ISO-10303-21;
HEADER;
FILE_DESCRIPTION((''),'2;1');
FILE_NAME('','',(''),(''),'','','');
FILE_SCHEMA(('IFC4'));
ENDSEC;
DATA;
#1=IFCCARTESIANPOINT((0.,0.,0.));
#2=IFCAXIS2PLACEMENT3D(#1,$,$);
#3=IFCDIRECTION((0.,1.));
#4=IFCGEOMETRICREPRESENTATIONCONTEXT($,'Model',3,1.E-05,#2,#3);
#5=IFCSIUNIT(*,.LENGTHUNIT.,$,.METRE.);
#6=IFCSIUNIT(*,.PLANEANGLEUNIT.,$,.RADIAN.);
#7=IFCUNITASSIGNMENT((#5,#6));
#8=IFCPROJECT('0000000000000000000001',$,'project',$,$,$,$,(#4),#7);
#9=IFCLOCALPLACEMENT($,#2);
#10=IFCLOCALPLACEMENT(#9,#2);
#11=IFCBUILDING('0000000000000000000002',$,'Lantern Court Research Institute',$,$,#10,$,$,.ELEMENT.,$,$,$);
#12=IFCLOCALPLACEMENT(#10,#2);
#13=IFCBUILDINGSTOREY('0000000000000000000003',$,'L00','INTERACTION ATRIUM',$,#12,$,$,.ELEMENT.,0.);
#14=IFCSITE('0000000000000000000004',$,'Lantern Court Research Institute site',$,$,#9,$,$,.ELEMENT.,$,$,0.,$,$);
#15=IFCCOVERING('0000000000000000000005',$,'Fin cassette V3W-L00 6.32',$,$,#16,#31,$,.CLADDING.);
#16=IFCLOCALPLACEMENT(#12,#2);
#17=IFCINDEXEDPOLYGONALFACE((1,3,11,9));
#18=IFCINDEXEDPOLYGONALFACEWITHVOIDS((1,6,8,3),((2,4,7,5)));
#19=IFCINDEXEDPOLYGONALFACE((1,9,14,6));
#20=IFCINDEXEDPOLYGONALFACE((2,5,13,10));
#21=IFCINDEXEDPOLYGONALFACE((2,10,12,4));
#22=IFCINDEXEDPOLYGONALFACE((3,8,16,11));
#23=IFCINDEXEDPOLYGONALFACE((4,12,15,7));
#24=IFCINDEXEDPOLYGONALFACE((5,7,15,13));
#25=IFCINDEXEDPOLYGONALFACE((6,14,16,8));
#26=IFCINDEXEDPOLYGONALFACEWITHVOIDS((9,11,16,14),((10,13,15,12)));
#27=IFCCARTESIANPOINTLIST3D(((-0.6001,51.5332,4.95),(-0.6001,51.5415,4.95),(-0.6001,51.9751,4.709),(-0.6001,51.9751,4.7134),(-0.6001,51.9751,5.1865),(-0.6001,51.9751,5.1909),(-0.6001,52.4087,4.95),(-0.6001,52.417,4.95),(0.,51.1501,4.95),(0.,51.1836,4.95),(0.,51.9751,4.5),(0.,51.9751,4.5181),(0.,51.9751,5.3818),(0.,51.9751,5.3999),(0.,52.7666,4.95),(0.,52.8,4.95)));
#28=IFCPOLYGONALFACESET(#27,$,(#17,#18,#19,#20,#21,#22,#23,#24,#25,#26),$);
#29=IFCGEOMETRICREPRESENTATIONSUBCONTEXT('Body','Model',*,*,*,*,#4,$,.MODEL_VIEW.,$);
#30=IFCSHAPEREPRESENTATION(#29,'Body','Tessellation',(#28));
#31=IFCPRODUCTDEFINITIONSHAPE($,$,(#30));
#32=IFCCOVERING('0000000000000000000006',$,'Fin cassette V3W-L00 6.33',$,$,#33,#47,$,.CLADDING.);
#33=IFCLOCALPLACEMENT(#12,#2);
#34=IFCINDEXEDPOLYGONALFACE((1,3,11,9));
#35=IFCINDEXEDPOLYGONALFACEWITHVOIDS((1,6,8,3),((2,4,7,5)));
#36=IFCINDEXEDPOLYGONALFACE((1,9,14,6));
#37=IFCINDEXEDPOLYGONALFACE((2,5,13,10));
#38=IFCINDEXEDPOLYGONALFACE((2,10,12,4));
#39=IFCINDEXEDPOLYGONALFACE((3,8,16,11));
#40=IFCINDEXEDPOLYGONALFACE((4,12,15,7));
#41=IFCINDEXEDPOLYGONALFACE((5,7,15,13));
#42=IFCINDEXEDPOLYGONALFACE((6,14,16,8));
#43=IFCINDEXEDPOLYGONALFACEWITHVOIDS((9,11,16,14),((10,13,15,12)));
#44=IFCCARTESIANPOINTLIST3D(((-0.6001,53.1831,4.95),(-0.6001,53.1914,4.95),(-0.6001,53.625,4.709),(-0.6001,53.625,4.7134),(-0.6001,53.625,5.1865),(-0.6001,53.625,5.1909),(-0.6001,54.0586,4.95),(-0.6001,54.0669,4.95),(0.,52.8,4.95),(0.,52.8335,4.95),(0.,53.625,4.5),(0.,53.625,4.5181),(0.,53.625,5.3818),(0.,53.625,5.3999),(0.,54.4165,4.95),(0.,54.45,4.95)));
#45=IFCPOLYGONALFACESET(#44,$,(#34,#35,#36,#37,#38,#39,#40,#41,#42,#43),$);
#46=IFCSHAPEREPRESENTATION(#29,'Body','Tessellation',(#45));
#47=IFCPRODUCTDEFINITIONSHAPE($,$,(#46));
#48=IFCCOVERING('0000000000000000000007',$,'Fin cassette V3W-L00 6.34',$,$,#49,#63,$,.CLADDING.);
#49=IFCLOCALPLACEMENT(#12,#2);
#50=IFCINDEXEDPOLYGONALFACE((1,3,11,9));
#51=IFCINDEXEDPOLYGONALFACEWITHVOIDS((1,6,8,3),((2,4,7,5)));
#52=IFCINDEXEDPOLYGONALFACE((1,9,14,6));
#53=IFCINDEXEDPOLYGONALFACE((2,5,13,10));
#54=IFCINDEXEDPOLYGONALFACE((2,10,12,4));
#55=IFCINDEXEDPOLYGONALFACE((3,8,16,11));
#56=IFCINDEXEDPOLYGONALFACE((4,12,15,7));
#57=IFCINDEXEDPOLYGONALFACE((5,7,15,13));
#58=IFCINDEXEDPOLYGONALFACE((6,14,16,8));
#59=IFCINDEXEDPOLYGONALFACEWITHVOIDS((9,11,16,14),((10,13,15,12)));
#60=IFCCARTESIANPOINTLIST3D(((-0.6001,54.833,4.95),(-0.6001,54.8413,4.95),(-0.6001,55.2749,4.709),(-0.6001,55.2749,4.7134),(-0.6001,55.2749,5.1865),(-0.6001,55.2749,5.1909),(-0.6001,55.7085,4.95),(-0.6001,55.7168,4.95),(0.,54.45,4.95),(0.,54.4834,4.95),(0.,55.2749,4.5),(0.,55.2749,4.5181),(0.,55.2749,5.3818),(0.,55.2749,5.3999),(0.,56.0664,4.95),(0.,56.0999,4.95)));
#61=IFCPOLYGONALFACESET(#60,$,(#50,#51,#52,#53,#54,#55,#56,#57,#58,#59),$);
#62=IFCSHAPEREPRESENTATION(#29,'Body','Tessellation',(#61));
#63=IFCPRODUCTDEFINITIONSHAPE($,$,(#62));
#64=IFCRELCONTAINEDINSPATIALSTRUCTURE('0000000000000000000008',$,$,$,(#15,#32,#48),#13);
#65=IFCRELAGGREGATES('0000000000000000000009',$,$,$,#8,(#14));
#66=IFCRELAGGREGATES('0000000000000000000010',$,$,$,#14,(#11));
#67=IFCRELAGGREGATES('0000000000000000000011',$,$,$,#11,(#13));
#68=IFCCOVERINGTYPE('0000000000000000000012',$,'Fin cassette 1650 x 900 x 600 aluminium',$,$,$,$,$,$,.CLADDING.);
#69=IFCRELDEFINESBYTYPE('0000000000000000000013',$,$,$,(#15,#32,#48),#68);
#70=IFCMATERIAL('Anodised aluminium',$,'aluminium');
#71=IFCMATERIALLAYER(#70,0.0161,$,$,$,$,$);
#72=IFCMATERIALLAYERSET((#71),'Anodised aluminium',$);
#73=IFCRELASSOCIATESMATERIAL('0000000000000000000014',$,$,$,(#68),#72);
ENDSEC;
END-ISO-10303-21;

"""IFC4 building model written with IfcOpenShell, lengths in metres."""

from ifc_helpers import new_model, entity, si_unit, direction, frame, origin, place, context, subcontext, project, spatial, material, layer, layer_set, type_object, element, save


model = new_model("IFC4")

# Units and contexts
model_context = context("Model", 3, precision=1e-05, world=origin(), true_north=direction((0.0, 1.0)))
body_context = subcontext(model_context, "Body", "Model", "MODEL_VIEW")
ifc_project = project(units=[si_unit("LENGTHUNIT", "METRE"), si_unit("PLANEANGLEUNIT", "RADIAN")], contexts=[model_context])

# Site, building, storey
site_placement = place(None, origin())
site = spatial("IfcSite", under=ifc_project, at=site_placement, Name="Lantern Court Research Institute site", CompositionType="ELEMENT", RefElevation=0.0)
building_placement = place(site_placement, origin())
building = spatial("IfcBuilding", under=site, at=building_placement, Name="Lantern Court Research Institute", CompositionType="ELEMENT")
storey_placement = place(building_placement, origin())
storey = spatial("IfcBuildingStorey", under=building, at=storey_placement, Name="L00", Description="INTERACTION ATRIUM", CompositionType="ELEMENT", Elevation=0.0)

# Coverings
ifc_material_1 = material(Name="Anodised aluminium", Category="aluminium")
ifc_layer_1 = layer(ifc_material_1, 0.0161)
ifc_layer_set_1 = layer_set([ifc_layer_1], Name="Anodised aluminium")
covering_type = type_object("IfcCoveringType", Name="Fin cassette 1650 x 900 x 600 aluminium", PredefinedType="CLADDING", material=ifc_layer_set_1)
covering_1_placement = place(storey_placement, frame((0.0, 51.9751, 4.95), z_axis=(-1.0, 0.0, 0.0), x_axis=(0.0, -1.0, 0.0)))
cartesian_point_1 = entity("IfcCartesianPoint", [0.825, 0.0])
cartesian_point_2 = entity("IfcCartesianPoint", [0.7915, 0.0])
cartesian_point_3 = entity("IfcCartesianPoint", [0.4419, 0.0])
cartesian_point_4 = entity("IfcCartesianPoint", [0.4336, 0.0])
element("IfcCovering", 1, at=covering_1_placement, inside=storey, type_object=covering_type, Name="Fin cassette V3W-L00 6.32", PredefinedType="CLADDING", context=body_context, shape_type="SweptSolid", body=[
    entity("IfcExtrudedAreaSolidTapered", entity("IfcArbitraryProfileDefWithVoids", "AREA", None, entity("IfcPolyline", [cartesian_point_1, entity("IfcCartesianPoint", [0.0, 0.45]), entity("IfcCartesianPoint", [-0.825, 0.0]), entity("IfcCartesianPoint", [0.0, -0.45]), cartesian_point_1]), [entity("IfcPolyline", [cartesian_point_2, entity("IfcCartesianPoint", [0.0, 0.4319]), entity("IfcCartesianPoint", [-0.7915, 0.0]), entity("IfcCartesianPoint", [0.0, -0.4319]), cartesian_point_2])]), entity("IfcAxis2Placement3D", entity("IfcCartesianPoint", [0.0, 0.0, 0.0])), entity("IfcDirection", [0.0, 0.0, 1.0]), 0.6001, entity("IfcArbitraryProfileDefWithVoids", "AREA", None, entity("IfcPolyline", [cartesian_point_3, entity("IfcCartesianPoint", [0.0, 0.241]), entity("IfcCartesianPoint", [-0.4419, 0.0]), entity("IfcCartesianPoint", [0.0, -0.241]), cartesian_point_3]), [entity("IfcPolyline", [cartesian_point_4, entity("IfcCartesianPoint", [0.0, 0.2366]), entity("IfcCartesianPoint", [-0.4336, 0.0]), entity("IfcCartesianPoint", [0.0, -0.2366]), cartesian_point_4])])),
])
covering_2_placement = place(storey_placement, frame((0.0, 53.625, 4.95), z_axis=(-1.0, 0.0, 0.0), x_axis=(0.0, -1.0, 0.0)))
cartesian_point_5 = entity("IfcCartesianPoint", [0.825, 0.0])
cartesian_point_6 = entity("IfcCartesianPoint", [0.7915, 0.0])
cartesian_point_7 = entity("IfcCartesianPoint", [0.4419, 0.0])
cartesian_point_8 = entity("IfcCartesianPoint", [0.4336, 0.0])
element("IfcCovering", 2, at=covering_2_placement, inside=storey, type_object=covering_type, Name="Fin cassette V3W-L00 6.33", PredefinedType="CLADDING", context=body_context, shape_type="SweptSolid", body=[
    entity("IfcExtrudedAreaSolidTapered", entity("IfcArbitraryProfileDefWithVoids", "AREA", None, entity("IfcPolyline", [cartesian_point_5, entity("IfcCartesianPoint", [0.0, 0.45]), entity("IfcCartesianPoint", [-0.825, 0.0]), entity("IfcCartesianPoint", [0.0, -0.45]), cartesian_point_5]), [entity("IfcPolyline", [cartesian_point_6, entity("IfcCartesianPoint", [0.0, 0.4319]), entity("IfcCartesianPoint", [-0.7915, 0.0]), entity("IfcCartesianPoint", [0.0, -0.4319]), cartesian_point_6])]), entity("IfcAxis2Placement3D", entity("IfcCartesianPoint", [0.0, 0.0, 0.0])), entity("IfcDirection", [0.0, 0.0, 1.0]), 0.6001, entity("IfcArbitraryProfileDefWithVoids", "AREA", None, entity("IfcPolyline", [cartesian_point_7, entity("IfcCartesianPoint", [0.0, 0.241]), entity("IfcCartesianPoint", [-0.4419, 0.0]), entity("IfcCartesianPoint", [0.0, -0.241]), cartesian_point_7]), [entity("IfcPolyline", [cartesian_point_8, entity("IfcCartesianPoint", [0.0, 0.2366]), entity("IfcCartesianPoint", [-0.4336, 0.0]), entity("IfcCartesianPoint", [0.0, -0.2366]), cartesian_point_8])])),
])
covering_3_placement = place(storey_placement, frame((0.0, 55.2749, 4.95), z_axis=(-1.0, 0.0, 0.0), x_axis=(0.0, -1.0, 0.0)))
cartesian_point_9 = entity("IfcCartesianPoint", [0.825, 0.0])
cartesian_point_10 = entity("IfcCartesianPoint", [0.7915, 0.0])
cartesian_point_11 = entity("IfcCartesianPoint", [0.4419, 0.0])
cartesian_point_12 = entity("IfcCartesianPoint", [0.4336, 0.0])
element("IfcCovering", 3, at=covering_3_placement, inside=storey, type_object=covering_type, Name="Fin cassette V3W-L00 6.34", PredefinedType="CLADDING", context=body_context, shape_type="SweptSolid", body=[
    entity("IfcExtrudedAreaSolidTapered", entity("IfcArbitraryProfileDefWithVoids", "AREA", None, entity("IfcPolyline", [cartesian_point_9, entity("IfcCartesianPoint", [0.0, 0.45]), entity("IfcCartesianPoint", [-0.825, 0.0]), entity("IfcCartesianPoint", [0.0, -0.45]), cartesian_point_9]), [entity("IfcPolyline", [cartesian_point_10, entity("IfcCartesianPoint", [0.0, 0.4319]), entity("IfcCartesianPoint", [-0.7915, 0.0]), entity("IfcCartesianPoint", [0.0, -0.4319]), cartesian_point_10])]), entity("IfcAxis2Placement3D", entity("IfcCartesianPoint", [0.0, 0.0, 0.0])), entity("IfcDirection", [0.0, 0.0, 1.0]), 0.6001, entity("IfcArbitraryProfileDefWithVoids", "AREA", None, entity("IfcPolyline", [cartesian_point_11, entity("IfcCartesianPoint", [0.0, 0.241]), entity("IfcCartesianPoint", [-0.4419, 0.0]), entity("IfcCartesianPoint", [0.0, -0.241]), cartesian_point_11]), [entity("IfcPolyline", [cartesian_point_12, entity("IfcCartesianPoint", [0.0, 0.2366]), entity("IfcCartesianPoint", [-0.4336, 0.0]), entity("IfcCartesianPoint", [0.0, -0.2366]), cartesian_point_12])])),
])

save(model, "model.ifc")
